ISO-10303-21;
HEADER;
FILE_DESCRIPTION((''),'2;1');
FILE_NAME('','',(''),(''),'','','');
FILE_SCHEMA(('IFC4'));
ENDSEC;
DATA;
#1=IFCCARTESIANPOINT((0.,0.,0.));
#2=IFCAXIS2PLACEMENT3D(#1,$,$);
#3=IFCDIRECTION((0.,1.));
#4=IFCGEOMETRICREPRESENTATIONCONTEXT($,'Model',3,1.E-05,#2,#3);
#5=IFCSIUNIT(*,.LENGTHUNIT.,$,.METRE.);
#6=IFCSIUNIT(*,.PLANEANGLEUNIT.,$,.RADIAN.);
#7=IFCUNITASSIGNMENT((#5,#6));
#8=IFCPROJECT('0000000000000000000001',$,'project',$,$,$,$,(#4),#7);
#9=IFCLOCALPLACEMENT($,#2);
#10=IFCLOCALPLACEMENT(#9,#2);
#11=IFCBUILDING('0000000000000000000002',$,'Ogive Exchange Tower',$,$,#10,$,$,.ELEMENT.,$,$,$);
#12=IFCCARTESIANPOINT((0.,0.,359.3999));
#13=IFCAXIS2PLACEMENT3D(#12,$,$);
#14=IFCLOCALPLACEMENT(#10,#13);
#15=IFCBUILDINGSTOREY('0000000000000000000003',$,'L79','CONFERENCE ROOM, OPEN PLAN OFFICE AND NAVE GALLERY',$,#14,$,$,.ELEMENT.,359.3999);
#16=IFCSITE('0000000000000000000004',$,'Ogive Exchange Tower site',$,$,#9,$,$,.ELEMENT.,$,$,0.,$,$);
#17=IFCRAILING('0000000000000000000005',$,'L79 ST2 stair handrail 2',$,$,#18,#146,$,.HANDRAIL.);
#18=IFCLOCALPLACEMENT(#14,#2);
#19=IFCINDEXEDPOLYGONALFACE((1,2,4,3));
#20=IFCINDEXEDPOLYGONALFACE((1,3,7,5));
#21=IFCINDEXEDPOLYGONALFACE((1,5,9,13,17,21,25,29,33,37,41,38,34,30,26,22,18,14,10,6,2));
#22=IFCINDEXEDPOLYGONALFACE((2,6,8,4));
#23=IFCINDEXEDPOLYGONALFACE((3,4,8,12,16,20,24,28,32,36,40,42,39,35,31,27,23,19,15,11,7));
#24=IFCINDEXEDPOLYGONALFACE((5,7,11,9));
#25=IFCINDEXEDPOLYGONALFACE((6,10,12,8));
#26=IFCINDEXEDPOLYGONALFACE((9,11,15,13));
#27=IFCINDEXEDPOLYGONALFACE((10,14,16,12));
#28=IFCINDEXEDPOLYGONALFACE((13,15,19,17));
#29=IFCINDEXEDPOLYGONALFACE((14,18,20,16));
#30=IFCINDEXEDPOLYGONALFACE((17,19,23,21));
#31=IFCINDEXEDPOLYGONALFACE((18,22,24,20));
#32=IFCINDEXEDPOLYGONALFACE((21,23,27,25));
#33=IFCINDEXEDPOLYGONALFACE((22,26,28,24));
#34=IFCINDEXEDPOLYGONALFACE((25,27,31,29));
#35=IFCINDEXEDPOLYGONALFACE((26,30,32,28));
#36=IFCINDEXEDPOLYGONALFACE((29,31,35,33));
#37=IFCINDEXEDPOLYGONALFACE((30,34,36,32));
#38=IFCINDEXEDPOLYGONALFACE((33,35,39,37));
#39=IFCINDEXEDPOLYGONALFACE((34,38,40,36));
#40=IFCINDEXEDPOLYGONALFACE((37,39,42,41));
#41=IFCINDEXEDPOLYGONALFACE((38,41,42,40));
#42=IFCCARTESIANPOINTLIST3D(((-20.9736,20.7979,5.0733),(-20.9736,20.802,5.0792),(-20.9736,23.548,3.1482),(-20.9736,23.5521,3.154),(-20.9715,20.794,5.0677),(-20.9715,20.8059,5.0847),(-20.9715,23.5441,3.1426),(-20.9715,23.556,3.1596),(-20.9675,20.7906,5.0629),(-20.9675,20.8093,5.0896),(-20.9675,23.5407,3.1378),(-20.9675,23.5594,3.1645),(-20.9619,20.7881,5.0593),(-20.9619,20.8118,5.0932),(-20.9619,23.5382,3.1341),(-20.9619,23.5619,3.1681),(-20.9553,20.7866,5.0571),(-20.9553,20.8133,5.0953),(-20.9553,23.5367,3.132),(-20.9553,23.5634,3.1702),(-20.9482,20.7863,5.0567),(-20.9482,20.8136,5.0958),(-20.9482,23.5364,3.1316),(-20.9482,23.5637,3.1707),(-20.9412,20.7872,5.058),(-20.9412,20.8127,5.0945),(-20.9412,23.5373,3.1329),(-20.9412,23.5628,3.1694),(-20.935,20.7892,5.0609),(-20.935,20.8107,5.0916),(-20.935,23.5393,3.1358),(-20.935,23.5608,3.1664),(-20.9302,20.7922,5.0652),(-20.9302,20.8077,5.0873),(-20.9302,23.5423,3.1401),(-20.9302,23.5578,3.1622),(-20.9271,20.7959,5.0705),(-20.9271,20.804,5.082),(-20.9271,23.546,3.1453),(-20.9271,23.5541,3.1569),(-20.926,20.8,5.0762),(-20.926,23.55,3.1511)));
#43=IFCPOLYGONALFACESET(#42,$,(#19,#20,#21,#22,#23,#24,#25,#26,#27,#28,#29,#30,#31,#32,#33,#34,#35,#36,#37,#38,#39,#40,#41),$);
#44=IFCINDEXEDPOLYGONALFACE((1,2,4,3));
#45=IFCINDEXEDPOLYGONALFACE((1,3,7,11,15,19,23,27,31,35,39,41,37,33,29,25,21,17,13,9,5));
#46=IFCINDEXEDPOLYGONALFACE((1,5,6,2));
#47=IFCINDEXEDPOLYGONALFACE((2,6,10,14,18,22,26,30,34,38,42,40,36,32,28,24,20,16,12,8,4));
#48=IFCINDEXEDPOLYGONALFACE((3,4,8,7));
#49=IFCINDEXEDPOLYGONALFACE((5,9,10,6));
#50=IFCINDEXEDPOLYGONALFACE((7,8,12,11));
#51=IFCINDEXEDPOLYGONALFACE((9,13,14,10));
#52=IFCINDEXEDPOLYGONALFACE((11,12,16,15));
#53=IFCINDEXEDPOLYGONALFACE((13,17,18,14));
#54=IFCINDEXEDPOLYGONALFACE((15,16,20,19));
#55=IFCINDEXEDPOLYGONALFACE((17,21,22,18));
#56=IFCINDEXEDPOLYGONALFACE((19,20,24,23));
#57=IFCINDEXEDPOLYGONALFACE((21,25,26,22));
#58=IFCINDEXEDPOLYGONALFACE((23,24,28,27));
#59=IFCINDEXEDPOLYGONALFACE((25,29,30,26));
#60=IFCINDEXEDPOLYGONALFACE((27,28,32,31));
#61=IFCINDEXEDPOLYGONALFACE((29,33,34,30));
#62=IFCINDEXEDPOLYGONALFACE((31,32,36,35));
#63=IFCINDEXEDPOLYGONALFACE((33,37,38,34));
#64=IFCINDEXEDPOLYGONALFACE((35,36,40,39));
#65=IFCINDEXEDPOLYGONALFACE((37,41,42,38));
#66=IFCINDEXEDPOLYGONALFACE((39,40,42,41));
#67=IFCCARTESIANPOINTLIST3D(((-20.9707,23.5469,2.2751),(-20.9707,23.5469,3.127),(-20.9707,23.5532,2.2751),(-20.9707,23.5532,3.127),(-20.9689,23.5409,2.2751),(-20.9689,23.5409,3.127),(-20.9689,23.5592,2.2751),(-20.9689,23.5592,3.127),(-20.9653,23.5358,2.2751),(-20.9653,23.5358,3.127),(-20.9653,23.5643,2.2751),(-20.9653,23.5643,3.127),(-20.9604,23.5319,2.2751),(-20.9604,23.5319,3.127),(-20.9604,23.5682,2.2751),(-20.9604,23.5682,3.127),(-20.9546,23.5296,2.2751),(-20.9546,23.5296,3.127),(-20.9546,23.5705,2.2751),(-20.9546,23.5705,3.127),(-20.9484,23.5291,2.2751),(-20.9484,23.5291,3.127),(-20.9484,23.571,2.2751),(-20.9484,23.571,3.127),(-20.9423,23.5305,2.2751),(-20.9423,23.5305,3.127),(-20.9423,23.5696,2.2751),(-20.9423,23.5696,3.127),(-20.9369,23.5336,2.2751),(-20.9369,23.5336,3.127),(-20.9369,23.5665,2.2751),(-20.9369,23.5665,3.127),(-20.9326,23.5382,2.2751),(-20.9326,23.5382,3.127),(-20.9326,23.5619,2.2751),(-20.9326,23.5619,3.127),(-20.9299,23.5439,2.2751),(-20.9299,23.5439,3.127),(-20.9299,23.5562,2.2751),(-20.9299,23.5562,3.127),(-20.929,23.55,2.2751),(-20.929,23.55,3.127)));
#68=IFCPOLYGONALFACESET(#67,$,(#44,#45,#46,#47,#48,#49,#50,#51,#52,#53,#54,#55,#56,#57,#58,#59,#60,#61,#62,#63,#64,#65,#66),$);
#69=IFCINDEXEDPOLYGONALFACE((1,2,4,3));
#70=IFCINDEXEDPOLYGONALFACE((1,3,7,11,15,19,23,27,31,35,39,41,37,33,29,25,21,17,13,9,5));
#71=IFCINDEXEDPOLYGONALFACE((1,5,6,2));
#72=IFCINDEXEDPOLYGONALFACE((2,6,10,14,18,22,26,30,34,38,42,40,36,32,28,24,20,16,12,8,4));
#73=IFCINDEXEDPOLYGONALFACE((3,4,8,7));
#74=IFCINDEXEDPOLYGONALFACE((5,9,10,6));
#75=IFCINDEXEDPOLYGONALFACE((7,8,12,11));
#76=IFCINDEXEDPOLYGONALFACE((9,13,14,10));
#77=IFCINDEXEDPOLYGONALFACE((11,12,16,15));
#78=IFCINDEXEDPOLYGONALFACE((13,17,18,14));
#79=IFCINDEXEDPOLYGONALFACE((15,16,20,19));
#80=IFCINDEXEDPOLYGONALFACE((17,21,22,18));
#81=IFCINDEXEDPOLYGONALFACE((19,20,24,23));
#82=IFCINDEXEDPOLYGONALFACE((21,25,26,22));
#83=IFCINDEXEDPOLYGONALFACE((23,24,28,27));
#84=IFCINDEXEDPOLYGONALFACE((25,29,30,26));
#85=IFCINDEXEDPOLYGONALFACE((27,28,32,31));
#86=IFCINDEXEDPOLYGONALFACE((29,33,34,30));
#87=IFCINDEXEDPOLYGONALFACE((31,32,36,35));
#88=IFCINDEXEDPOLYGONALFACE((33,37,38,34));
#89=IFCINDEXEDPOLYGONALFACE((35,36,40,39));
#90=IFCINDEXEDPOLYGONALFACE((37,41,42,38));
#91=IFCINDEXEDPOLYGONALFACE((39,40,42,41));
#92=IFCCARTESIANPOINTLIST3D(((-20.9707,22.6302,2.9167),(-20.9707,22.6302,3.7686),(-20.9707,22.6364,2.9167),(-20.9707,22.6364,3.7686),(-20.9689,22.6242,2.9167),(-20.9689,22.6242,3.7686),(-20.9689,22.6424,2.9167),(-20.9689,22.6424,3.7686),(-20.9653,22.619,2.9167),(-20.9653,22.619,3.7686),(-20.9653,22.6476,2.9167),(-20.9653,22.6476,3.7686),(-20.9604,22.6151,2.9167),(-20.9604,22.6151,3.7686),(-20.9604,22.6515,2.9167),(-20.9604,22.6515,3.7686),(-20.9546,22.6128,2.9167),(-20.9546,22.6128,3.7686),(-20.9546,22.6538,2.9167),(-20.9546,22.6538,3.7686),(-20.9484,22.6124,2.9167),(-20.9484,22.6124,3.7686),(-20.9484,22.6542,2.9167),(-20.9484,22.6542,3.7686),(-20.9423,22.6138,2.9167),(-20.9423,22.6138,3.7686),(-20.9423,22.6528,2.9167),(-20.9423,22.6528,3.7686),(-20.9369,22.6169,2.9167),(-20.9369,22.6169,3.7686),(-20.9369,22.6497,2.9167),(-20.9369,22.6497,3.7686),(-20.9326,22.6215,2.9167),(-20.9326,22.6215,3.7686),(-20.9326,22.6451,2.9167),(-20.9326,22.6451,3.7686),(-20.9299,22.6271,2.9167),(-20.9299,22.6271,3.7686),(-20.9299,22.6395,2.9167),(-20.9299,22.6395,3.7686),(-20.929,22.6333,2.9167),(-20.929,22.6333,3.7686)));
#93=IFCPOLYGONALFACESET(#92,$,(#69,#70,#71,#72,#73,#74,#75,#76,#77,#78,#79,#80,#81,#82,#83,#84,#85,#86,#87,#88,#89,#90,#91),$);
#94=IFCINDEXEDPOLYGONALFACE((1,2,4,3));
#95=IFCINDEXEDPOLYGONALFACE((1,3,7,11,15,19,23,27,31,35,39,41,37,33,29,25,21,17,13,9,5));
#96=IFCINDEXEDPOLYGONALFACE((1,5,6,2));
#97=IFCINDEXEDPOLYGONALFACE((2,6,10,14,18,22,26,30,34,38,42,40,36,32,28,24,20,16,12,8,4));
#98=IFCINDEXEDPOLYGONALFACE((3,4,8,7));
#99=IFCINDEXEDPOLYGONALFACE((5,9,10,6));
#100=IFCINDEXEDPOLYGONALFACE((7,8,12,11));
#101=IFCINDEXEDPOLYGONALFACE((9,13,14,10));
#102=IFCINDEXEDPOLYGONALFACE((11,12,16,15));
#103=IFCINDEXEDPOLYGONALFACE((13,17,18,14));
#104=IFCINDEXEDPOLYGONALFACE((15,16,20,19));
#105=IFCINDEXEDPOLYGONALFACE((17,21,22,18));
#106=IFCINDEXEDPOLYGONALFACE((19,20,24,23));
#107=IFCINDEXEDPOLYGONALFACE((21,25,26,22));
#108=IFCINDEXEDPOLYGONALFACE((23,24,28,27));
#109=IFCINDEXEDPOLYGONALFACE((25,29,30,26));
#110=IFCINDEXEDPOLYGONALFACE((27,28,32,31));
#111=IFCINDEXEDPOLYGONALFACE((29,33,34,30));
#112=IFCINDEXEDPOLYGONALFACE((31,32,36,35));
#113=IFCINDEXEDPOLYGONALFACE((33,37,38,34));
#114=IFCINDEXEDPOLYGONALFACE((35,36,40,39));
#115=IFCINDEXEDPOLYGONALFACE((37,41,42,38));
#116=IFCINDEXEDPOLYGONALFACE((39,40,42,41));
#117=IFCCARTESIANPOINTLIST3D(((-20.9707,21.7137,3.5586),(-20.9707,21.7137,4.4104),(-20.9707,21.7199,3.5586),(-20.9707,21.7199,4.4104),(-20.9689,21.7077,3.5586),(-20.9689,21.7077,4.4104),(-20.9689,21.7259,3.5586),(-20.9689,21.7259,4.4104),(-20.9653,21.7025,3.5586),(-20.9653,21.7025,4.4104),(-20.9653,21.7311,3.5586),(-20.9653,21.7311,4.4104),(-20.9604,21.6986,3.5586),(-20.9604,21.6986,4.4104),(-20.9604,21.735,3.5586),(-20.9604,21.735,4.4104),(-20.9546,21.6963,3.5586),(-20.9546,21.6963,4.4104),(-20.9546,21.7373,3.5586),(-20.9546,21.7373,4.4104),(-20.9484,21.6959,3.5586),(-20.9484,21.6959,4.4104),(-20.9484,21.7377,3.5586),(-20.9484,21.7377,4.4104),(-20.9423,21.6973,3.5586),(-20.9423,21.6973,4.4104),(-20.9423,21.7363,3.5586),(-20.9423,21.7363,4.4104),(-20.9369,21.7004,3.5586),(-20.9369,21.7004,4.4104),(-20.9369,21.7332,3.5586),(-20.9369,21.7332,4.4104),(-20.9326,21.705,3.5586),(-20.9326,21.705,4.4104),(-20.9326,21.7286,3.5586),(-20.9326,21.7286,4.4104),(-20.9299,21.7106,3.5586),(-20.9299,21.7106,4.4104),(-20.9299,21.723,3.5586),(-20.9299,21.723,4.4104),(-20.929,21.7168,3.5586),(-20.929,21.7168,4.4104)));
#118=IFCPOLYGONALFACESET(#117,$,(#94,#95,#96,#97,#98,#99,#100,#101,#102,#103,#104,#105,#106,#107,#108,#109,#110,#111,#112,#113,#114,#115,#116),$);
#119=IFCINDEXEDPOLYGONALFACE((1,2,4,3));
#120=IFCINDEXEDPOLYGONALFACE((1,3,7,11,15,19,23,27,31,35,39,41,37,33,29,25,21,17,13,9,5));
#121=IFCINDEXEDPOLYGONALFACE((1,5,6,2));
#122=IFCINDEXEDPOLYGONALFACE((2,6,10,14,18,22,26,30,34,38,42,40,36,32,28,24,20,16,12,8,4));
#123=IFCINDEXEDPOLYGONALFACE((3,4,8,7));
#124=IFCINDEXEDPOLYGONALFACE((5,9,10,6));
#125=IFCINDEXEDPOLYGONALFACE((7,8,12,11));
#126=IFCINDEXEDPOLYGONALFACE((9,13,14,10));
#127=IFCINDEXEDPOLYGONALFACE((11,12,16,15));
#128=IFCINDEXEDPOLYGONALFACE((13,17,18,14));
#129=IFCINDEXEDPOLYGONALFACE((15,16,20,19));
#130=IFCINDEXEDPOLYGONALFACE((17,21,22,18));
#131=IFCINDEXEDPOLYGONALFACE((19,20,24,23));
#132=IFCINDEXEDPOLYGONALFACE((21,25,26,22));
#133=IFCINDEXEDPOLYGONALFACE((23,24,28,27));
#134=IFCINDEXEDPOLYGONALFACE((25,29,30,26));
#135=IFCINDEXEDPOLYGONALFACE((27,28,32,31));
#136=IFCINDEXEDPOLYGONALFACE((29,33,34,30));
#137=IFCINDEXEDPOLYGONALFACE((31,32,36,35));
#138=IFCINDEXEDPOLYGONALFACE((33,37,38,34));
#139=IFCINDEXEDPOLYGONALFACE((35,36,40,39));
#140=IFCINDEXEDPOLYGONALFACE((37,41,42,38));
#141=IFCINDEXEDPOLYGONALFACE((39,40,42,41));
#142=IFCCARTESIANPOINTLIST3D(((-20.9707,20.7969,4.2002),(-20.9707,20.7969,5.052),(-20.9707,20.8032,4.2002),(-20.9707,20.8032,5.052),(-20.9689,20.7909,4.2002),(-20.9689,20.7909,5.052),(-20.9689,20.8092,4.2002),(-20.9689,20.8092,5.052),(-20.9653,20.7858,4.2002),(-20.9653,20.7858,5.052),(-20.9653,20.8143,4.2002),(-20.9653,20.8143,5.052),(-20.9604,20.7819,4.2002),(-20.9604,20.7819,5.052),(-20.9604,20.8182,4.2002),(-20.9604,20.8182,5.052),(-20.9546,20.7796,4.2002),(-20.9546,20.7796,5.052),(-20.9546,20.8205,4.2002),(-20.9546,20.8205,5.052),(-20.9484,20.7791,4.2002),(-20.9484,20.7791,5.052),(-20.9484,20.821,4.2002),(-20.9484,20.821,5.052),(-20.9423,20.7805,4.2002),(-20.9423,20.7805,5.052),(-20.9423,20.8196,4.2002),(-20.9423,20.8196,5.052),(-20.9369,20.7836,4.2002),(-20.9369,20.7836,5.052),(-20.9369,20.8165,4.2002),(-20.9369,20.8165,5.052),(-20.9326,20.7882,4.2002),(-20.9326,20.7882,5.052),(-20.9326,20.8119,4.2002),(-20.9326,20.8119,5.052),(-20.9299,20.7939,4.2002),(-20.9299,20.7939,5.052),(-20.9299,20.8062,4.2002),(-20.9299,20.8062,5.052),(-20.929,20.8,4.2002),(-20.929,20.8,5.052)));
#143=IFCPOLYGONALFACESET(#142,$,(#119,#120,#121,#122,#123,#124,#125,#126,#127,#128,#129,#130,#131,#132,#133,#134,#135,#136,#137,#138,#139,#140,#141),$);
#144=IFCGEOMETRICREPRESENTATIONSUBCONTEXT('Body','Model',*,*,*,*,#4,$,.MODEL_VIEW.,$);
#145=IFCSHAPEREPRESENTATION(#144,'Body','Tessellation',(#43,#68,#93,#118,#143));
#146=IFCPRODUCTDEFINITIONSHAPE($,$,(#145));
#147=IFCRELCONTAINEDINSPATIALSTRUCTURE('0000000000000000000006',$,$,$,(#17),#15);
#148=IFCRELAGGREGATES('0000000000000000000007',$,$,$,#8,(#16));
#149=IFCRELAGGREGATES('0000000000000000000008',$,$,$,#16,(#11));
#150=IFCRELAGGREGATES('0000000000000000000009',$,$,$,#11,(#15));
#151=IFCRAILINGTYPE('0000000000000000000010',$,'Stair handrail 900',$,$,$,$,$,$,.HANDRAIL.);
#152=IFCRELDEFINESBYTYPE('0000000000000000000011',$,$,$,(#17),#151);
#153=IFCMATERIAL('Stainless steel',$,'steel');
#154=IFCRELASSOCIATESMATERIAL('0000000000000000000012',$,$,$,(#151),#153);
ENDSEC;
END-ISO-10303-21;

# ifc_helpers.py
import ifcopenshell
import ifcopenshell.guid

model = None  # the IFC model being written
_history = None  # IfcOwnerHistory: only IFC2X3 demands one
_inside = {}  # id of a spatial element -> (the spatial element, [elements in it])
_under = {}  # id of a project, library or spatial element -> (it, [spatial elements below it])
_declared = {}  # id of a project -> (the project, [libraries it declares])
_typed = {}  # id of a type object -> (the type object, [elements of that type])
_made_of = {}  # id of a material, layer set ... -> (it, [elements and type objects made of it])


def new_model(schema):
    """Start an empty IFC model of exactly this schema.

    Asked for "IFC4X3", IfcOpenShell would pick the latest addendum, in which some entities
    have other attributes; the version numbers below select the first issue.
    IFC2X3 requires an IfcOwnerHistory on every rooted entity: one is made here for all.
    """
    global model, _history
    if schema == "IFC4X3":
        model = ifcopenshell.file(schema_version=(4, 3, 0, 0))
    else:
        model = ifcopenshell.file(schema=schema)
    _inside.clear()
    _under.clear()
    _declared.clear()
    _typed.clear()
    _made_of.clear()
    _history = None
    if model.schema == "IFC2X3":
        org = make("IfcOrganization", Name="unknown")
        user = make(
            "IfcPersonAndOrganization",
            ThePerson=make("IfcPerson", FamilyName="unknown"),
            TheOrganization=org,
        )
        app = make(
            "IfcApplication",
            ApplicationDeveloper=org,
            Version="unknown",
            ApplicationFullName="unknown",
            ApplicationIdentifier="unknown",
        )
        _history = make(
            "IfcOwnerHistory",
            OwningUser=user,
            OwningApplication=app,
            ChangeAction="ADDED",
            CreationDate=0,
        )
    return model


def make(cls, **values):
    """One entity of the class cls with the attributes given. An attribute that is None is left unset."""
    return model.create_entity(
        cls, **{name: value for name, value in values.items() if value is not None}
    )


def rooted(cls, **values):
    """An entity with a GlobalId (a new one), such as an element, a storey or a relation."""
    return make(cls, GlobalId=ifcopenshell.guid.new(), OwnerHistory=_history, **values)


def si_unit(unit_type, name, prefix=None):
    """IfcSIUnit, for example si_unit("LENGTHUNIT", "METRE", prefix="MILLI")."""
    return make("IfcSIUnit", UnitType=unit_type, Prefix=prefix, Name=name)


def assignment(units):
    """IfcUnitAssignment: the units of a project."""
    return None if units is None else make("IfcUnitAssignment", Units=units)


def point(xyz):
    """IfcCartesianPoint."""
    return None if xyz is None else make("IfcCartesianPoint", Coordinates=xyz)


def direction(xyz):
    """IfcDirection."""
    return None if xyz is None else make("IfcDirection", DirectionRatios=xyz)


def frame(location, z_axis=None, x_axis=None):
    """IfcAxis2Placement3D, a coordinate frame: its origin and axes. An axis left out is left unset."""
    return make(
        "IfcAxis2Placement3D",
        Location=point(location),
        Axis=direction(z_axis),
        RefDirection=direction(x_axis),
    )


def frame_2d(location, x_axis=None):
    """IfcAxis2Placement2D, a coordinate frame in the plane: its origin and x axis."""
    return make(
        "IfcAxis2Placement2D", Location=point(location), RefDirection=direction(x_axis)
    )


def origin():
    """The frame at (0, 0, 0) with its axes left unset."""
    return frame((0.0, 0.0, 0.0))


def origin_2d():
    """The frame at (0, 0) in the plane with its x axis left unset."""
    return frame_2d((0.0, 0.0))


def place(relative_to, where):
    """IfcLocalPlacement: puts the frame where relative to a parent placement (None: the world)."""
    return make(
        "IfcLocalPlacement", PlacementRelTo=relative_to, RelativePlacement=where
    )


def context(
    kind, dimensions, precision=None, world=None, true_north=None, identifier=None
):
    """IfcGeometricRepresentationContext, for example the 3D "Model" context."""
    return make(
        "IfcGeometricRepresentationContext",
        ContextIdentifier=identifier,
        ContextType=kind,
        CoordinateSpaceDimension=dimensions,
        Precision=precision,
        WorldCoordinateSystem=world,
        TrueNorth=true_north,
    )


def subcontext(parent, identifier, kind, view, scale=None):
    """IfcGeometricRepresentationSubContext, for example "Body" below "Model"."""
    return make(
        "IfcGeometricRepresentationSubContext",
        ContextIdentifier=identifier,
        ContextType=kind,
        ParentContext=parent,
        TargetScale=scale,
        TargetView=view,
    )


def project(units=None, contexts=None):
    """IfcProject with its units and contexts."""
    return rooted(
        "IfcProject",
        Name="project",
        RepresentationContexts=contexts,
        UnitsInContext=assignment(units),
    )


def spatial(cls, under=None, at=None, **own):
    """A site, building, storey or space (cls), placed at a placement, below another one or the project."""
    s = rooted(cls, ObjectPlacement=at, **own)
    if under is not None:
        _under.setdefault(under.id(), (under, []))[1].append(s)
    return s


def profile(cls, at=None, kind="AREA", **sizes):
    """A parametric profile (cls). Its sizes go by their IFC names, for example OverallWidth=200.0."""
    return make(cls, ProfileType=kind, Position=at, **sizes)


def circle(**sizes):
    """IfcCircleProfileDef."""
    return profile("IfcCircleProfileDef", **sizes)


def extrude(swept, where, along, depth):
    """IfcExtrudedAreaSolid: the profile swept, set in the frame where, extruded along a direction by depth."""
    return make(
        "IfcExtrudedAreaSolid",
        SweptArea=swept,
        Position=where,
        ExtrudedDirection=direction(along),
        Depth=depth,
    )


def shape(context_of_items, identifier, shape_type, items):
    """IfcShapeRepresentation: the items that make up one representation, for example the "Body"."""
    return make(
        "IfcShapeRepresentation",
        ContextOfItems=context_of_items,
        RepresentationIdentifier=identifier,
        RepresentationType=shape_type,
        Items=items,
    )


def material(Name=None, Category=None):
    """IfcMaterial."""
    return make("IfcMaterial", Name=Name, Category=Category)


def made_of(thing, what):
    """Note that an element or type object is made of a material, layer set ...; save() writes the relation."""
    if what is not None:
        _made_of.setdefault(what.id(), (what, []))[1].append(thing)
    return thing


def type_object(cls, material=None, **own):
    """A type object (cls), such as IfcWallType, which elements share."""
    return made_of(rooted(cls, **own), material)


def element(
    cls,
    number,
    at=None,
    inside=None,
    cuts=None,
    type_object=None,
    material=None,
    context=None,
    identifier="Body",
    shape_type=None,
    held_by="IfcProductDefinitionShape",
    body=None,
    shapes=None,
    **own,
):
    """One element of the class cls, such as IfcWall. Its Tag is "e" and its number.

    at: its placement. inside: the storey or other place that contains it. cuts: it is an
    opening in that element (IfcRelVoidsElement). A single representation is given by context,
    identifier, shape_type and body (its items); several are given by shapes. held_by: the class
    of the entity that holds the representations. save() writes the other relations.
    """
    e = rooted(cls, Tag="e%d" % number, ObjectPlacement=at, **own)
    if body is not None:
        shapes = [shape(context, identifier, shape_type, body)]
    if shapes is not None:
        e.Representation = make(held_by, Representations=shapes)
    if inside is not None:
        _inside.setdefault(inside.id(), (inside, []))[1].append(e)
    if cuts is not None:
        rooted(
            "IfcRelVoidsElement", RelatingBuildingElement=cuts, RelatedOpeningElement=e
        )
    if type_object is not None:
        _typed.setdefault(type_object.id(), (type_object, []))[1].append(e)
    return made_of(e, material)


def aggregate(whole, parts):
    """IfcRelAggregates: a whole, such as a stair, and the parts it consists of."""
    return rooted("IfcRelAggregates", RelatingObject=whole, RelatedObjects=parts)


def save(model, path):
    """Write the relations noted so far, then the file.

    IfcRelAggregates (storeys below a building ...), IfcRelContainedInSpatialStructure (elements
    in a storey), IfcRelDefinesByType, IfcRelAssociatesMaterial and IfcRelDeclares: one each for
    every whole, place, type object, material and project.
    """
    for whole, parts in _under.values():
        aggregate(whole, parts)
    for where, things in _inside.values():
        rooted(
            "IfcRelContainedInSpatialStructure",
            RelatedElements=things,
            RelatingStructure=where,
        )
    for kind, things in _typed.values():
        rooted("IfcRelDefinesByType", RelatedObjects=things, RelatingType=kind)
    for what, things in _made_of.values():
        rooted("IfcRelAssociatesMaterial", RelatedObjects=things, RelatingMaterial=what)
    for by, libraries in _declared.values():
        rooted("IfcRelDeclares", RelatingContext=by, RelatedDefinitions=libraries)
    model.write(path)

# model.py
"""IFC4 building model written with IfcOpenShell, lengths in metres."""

from ifc_helpers import new_model, si_unit, direction, frame, origin, origin_2d, place, context, subcontext, project, spatial, circle, extrude, material, type_object, element, save


model = new_model("IFC4")

# Units and contexts
model_context = context("Model", 3, precision=1e-05, world=origin(), true_north=direction((0.0, 1.0)))
body_context = subcontext(model_context, "Body", "Model", "MODEL_VIEW")
ifc_project = project(units=[si_unit("LENGTHUNIT", "METRE"), si_unit("PLANEANGLEUNIT", "RADIAN")], contexts=[model_context])

# Site, building, storey
site_placement = place(None, origin())
site = spatial("IfcSite", under=ifc_project, at=site_placement, Name="Ogive Exchange Tower site", CompositionType="ELEMENT", RefElevation=0.0)
building_placement = place(site_placement, origin())
building = spatial("IfcBuilding", under=site, at=building_placement, Name="Ogive Exchange Tower", CompositionType="ELEMENT")
storey_placement = place(building_placement, frame((0.0, 0.0, 359.3999)))
storey = spatial("IfcBuildingStorey", under=building, at=storey_placement, Name="L79", Description="CONFERENCE ROOM, OPEN PLAN OFFICE AND NAVE GALLERY", CompositionType="ELEMENT", Elevation=359.3999)

# Railing
ifc_material_1 = material(Name="Stainless steel", Category="steel")
railing_type = type_object("IfcRailingType", Name="Stair handrail 900", PredefinedType="HANDRAIL", material=ifc_material_1)
railing_placement = place(storey_placement, frame((-20.95, 23.55, 2.2751)))
element("IfcRailing", 1, at=railing_placement, inside=storey, type_object=railing_type, Name="L79 ST2 stair handrail 2", PredefinedType="HANDRAIL", context=body_context, shape_type="SweptSolid", body=[
    extrude(circle(Radius=0.0239, at=origin_2d()), frame((0.0, 0.0, 0.876), z_axis=(0.0, -0.819225, 0.573472), x_axis=(1.0, 0.0, 0.0)), (0.0, 0.0, 1.0), 3.3569),
    extrude(circle(Radius=0.021, at=origin_2d()), origin(), (0.0, 0.0, 1.0), 0.8518),
    extrude(circle(Radius=0.021, at=origin_2d()), frame((0.0, -0.9167, 0.6416)), (0.0, 0.0, 1.0), 0.8518),
    extrude(circle(Radius=0.021, at=origin_2d()), frame((0.0, -1.8333, 1.2834)), (0.0, 0.0, 1.0), 0.8518),
    extrude(circle(Radius=0.021, at=origin_2d()), frame((0.0, -2.75, 1.925)), (0.0, 0.0, 1.0), 0.8518),
])

save(model, "model.ifc")
